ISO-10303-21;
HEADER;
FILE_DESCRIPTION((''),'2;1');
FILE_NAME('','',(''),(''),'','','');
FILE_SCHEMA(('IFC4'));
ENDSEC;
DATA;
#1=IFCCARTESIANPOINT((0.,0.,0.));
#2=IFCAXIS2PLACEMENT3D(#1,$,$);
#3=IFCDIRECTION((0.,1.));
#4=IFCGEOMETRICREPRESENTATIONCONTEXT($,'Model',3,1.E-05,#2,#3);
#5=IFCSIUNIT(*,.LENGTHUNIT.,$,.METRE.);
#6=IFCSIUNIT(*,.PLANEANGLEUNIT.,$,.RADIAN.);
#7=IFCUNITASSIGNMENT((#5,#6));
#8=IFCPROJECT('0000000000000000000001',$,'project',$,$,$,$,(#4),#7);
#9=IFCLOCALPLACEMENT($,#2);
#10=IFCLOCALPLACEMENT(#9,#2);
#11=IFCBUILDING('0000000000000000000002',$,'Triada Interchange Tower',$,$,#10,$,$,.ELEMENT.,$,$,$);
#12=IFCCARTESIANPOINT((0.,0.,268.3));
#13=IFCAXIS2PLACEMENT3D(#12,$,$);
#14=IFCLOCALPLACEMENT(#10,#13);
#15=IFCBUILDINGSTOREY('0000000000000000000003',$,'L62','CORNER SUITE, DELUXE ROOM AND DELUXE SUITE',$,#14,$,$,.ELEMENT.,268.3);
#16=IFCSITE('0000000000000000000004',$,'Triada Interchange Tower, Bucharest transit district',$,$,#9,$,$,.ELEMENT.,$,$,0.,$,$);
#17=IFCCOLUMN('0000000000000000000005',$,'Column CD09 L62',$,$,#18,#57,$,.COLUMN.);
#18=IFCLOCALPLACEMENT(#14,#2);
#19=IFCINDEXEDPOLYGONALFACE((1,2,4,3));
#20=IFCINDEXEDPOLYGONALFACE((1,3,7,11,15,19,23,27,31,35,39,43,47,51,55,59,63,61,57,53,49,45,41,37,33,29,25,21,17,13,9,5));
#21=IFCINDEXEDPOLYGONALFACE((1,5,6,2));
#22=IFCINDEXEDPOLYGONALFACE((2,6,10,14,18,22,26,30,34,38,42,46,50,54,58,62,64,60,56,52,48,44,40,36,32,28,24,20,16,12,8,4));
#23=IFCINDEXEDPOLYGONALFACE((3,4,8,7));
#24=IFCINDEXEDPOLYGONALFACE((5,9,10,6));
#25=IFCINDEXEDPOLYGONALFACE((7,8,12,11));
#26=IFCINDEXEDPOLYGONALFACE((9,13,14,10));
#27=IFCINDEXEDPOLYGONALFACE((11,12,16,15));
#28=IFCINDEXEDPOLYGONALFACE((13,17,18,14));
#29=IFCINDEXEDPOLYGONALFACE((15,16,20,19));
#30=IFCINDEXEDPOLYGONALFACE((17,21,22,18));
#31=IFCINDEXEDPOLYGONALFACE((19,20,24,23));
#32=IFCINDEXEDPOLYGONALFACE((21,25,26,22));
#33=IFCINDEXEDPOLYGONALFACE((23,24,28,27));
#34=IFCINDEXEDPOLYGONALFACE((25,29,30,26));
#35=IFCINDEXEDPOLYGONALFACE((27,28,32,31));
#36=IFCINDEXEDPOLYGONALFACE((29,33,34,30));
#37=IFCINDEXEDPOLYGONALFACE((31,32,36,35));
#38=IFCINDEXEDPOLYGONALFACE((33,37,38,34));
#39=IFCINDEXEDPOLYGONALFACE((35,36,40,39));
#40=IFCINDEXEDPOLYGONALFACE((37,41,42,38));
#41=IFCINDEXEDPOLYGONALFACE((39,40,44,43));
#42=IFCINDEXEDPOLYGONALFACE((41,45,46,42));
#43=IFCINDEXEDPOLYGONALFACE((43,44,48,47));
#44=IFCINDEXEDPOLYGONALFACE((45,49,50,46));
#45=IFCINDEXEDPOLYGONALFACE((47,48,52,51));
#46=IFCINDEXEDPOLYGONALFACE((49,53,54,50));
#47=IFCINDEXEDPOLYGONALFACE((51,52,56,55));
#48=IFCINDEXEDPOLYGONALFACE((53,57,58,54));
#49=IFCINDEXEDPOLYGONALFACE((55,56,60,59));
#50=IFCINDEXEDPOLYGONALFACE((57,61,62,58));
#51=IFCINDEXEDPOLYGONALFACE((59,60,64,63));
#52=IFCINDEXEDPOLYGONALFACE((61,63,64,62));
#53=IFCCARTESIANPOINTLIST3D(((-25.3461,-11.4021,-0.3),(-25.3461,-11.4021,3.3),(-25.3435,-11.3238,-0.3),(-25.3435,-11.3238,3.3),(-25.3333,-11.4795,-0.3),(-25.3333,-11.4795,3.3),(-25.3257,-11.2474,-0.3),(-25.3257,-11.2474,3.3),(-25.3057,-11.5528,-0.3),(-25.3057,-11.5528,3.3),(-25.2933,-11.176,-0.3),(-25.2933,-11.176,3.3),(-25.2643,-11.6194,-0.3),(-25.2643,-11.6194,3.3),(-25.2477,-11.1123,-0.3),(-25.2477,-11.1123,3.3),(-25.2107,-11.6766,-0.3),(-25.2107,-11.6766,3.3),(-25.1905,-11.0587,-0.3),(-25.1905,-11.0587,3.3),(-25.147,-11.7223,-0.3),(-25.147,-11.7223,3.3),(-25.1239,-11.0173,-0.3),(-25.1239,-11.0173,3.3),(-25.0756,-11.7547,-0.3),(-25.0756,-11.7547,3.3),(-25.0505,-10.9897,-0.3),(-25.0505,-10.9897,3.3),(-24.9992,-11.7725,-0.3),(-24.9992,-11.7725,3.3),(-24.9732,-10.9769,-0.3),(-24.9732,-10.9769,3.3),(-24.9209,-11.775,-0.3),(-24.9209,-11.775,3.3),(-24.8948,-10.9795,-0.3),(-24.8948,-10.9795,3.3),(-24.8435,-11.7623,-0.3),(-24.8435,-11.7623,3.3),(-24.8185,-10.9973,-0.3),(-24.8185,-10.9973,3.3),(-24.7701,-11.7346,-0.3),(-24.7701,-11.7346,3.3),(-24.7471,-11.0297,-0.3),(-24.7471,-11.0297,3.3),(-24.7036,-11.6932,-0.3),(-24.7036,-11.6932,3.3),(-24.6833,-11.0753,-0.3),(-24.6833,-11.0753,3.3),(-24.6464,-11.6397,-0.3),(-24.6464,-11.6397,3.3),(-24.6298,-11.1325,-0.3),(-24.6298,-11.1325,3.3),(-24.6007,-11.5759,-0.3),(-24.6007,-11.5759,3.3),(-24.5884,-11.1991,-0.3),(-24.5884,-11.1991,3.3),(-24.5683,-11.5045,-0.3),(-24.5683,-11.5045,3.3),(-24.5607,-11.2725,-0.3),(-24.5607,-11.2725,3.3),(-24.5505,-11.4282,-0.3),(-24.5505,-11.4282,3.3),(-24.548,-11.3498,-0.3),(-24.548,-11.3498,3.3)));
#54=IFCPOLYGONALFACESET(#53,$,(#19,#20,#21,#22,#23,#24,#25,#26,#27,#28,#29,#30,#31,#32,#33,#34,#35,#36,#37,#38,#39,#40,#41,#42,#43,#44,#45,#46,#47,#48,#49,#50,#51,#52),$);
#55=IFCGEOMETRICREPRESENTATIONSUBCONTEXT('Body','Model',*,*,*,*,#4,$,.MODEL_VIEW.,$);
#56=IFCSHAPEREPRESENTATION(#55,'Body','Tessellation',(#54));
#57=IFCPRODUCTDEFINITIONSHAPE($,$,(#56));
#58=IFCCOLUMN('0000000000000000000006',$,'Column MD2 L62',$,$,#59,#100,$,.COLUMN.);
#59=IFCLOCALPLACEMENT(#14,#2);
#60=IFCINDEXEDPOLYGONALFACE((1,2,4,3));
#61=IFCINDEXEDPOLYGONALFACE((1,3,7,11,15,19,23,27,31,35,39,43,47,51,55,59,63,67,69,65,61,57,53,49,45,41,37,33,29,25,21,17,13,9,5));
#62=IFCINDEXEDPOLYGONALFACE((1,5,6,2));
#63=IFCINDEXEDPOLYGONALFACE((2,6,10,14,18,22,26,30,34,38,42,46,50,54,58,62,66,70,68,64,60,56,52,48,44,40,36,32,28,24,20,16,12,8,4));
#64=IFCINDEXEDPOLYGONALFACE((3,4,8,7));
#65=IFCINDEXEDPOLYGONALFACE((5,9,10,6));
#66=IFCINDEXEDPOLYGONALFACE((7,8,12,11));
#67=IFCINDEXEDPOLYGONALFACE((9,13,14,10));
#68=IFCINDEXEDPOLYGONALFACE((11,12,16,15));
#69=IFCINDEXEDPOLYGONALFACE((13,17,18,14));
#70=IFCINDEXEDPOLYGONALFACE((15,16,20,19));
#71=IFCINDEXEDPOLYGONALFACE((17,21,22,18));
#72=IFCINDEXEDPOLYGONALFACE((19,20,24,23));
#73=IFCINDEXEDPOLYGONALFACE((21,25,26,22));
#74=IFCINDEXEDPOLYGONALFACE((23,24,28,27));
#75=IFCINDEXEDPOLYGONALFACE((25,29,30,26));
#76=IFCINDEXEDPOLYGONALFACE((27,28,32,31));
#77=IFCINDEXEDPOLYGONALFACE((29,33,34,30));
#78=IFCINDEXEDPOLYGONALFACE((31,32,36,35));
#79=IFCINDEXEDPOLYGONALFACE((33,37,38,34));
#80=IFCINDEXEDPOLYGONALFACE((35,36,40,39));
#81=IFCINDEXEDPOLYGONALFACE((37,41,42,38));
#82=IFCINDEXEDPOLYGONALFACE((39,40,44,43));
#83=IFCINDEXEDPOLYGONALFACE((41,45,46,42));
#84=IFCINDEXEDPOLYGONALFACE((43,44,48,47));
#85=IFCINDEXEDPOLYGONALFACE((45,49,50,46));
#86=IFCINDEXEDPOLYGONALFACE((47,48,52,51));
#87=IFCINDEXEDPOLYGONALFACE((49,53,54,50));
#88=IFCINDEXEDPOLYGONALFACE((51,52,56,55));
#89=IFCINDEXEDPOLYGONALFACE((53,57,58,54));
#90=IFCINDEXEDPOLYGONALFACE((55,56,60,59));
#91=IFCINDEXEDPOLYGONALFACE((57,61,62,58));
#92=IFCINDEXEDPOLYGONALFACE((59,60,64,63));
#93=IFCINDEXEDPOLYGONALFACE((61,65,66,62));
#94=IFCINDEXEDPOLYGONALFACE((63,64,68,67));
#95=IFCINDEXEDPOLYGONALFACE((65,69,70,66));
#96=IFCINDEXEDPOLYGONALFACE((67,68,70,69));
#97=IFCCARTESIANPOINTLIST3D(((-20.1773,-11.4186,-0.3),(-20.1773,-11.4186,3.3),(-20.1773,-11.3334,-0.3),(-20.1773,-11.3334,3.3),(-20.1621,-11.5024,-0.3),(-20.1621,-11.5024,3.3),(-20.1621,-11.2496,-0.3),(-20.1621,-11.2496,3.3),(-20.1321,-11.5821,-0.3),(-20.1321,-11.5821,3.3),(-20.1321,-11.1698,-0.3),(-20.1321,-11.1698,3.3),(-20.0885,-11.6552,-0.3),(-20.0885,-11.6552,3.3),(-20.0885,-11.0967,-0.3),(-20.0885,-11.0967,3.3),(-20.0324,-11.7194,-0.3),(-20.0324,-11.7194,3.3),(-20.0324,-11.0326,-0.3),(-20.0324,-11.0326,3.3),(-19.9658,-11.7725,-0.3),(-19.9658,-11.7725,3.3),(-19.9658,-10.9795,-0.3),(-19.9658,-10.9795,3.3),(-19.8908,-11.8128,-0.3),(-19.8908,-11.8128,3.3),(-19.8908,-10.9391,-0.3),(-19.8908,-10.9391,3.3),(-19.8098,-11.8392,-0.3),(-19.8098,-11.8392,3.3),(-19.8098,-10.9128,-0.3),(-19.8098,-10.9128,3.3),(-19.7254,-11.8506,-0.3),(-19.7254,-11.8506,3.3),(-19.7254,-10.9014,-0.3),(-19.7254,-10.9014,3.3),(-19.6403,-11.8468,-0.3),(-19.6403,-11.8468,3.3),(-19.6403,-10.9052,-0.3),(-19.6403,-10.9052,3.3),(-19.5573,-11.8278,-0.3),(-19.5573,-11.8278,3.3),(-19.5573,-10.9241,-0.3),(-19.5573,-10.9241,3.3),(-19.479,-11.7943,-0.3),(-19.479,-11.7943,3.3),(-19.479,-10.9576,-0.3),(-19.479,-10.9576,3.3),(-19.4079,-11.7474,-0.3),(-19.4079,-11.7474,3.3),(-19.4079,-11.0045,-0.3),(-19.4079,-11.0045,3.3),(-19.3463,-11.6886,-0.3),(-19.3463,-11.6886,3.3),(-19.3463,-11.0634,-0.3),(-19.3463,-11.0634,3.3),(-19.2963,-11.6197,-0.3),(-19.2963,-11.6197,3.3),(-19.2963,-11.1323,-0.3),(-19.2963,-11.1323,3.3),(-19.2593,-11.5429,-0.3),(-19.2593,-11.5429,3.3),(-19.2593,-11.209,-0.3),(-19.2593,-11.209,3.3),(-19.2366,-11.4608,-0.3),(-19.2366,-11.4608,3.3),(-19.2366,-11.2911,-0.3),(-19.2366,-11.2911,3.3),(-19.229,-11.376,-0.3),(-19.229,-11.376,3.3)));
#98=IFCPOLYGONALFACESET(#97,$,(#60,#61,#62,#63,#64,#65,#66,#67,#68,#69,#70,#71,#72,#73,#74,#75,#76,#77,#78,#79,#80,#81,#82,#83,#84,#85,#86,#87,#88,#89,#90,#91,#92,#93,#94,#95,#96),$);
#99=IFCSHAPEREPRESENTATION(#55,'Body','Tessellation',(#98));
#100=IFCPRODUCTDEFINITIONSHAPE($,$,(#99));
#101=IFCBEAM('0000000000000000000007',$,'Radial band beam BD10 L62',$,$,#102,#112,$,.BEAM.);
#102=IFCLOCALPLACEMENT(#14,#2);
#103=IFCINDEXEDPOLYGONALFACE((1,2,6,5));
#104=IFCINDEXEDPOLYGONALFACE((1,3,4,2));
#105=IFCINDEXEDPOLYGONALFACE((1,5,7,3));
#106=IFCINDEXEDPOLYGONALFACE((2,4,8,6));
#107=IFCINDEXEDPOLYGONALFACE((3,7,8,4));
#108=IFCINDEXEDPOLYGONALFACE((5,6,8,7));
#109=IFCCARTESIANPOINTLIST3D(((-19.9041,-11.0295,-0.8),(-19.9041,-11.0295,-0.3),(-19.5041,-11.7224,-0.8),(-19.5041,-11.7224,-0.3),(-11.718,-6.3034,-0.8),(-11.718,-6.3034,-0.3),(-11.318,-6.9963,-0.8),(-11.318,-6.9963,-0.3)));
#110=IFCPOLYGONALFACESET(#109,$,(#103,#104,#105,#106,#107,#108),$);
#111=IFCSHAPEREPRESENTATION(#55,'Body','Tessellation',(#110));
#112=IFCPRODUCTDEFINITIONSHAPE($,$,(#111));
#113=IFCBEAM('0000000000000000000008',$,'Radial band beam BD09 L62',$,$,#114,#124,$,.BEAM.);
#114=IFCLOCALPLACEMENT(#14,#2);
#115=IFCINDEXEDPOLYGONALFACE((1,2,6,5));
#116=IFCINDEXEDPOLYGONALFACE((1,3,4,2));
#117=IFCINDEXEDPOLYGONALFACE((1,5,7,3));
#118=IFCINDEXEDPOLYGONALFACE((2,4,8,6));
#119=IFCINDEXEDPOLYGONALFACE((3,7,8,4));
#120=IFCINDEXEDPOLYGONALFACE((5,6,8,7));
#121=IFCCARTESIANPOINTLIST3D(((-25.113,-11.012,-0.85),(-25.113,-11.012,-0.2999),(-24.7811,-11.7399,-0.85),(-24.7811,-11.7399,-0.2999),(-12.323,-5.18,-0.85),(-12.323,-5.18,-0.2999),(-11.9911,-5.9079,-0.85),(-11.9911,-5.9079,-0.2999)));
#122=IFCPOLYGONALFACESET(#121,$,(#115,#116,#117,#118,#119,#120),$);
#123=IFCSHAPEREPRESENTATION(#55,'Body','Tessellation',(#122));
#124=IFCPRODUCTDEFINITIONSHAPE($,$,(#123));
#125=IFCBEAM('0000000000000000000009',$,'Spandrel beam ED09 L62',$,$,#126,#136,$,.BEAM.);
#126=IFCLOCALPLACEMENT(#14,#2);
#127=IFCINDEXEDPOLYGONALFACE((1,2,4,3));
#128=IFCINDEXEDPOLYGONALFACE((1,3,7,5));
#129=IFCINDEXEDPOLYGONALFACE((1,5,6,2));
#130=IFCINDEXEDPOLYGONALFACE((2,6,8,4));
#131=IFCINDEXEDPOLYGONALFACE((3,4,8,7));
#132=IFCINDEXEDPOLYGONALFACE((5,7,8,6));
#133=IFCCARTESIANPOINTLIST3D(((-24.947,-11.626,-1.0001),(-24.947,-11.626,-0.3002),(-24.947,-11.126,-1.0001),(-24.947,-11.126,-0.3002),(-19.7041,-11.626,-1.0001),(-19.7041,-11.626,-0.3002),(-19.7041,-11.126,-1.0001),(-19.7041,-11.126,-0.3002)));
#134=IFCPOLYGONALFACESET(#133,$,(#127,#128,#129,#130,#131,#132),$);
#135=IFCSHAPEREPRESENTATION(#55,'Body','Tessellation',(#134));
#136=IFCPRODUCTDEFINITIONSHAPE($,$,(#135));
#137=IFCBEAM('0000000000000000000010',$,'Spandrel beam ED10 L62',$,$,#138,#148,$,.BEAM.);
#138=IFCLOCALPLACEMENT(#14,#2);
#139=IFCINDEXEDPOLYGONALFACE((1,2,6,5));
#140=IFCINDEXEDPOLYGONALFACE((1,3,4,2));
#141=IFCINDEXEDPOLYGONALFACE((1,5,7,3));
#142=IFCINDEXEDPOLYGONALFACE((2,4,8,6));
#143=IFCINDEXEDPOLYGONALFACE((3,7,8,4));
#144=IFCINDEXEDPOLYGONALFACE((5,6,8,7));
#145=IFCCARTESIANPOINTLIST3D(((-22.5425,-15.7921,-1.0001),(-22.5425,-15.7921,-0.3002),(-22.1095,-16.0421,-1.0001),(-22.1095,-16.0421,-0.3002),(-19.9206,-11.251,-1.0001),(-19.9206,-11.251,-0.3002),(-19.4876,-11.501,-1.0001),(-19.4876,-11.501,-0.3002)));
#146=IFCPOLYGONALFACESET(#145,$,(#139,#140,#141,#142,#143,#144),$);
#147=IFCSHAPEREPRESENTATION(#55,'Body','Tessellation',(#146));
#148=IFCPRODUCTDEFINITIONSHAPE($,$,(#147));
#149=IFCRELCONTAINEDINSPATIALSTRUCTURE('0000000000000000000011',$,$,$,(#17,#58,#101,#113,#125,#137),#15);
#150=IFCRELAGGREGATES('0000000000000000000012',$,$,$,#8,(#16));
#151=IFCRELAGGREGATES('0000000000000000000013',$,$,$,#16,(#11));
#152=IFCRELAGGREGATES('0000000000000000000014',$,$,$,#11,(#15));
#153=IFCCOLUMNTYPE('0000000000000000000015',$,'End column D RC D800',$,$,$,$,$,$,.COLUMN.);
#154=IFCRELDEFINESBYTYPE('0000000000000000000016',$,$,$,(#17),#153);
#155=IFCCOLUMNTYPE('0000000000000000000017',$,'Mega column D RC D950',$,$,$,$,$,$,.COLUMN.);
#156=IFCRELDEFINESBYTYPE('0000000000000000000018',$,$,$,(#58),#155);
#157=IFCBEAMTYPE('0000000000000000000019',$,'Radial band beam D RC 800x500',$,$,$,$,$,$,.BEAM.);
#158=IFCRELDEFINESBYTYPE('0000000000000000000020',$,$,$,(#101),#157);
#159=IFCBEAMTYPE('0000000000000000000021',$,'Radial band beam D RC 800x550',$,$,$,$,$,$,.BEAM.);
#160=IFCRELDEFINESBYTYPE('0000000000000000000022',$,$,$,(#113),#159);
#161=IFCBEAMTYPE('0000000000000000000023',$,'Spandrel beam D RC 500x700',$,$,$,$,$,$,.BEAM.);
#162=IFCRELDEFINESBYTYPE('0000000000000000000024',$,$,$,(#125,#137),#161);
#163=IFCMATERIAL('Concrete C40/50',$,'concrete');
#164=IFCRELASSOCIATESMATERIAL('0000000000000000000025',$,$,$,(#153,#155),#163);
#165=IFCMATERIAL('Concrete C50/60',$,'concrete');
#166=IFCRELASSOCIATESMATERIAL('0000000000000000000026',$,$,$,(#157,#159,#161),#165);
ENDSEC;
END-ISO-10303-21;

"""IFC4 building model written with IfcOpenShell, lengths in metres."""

from ifc_helpers import new_model, si_unit, direction, frame, origin, origin_2d, place, context, subcontext, project, spatial, rectangle, circle, extrude, material, material_profile, profile_set, type_object, element, save


model = new_model("IFC4")

# Units and contexts
model_context = context("Model", 3, precision=1e-05, world=origin(), true_north=direction((0.0, 1.0)))
body_context = subcontext(model_context, "Body", "Model", "MODEL_VIEW")
ifc_project = project(units=[si_unit("LENGTHUNIT", "METRE"), si_unit("PLANEANGLEUNIT", "RADIAN")], contexts=[model_context])

# Site, building, storey
site_placement = place(None, origin())
site = spatial("IfcSite", under=ifc_project, at=site_placement, Name="Triada Interchange Tower, Bucharest transit district", CompositionType="ELEMENT", RefElevation=0.0)
building_placement = place(site_placement, origin())
building = spatial("IfcBuilding", under=site, at=building_placement, Name="Triada Interchange Tower", CompositionType="ELEMENT")
storey_placement = place(building_placement, frame((0.0, 0.0, 268.3)))
storey = spatial("IfcBuildingStorey", under=building, at=storey_placement, Name="L62", Description="CORNER SUITE, DELUXE ROOM AND DELUXE SUITE", CompositionType="ELEMENT", Elevation=268.3)

# Columns
ifc_material_1 = material(Name="Concrete C40/50", Category="concrete")
ifc_material_profile_1 = material_profile(ifc_material_1, circle(Radius=0.3999, at=origin_2d()), Name="RC D800")
ifc_profile_set_1 = profile_set([ifc_material_profile_1], Name="Concrete C40/50")
column_type_1 = type_object("IfcColumnType", Name="End column D RC D800", PredefinedType="COLUMN", material=ifc_profile_set_1)
column_1_placement = place(storey_placement, frame((-24.947, -11.376, -0.3), z_axis=(0.0, 0.0, 1.0), x_axis=(0.5, 0.866025, 0.0)))
element("IfcColumn", 1, at=column_1_placement, inside=storey, type_object=column_type_1, Name="Column CD09 L62", PredefinedType="COLUMN", context=body_context, shape_type="SweptSolid", body=[
    extrude(circle(Radius=0.3999, at=origin_2d()), origin(), (0.0, 0.0, 1.0), 3.6001),
])
ifc_material_profile_2 = material_profile(ifc_material_1, circle(Radius=0.4751, at=origin_2d()), Name="RC D950")
ifc_profile_set_2 = profile_set([ifc_material_profile_2], Name="Concrete C40/50")
column_type_2 = type_object("IfcColumnType", Name="Mega column D RC D950", PredefinedType="COLUMN", material=ifc_profile_set_2)
column_2_placement = place(storey_placement, frame((-19.7041, -11.376, -0.3), z_axis=(0.0, 0.0, 1.0), x_axis=(1.0, 0.0, 0.0)))
element("IfcColumn", 2, at=column_2_placement, inside=storey, type_object=column_type_2, Name="Column MD2 L62", PredefinedType="COLUMN", context=body_context, shape_type="SweptSolid", body=[
    extrude(circle(Radius=0.4751, at=origin_2d()), origin(), (0.0, 0.0, 1.0), 3.6001),
])

# Beams
ifc_material_2 = material(Name="Concrete C50/60", Category="concrete")
ifc_material_profile_3 = material_profile(ifc_material_2, rectangle(XDim=0.8, YDim=0.5, at=origin_2d()), Name="RC 800x500")
ifc_profile_set_3 = profile_set([ifc_material_profile_3], Name="Concrete C50/60")
beam_type_1 = type_object("IfcBeamType", Name="Radial band beam D RC 800x500", PredefinedType="BEAM", material=ifc_profile_set_3)
beam_1_placement = place(storey_placement, frame((-19.7041, -11.376, -0.55), z_axis=(0.866032, 0.499989, 0.0), x_axis=(-0.499989, 0.866032, 0.0)))
element("IfcBeam", 3, at=beam_1_placement, inside=storey, type_object=beam_type_1, Name="Radial band beam BD10 L62", PredefinedType="BEAM", context=body_context, shape_type="SweptSolid", body=[
    extrude(rectangle(XDim=0.8, YDim=0.5, at=origin_2d()), origin(), (0.0, 0.0, 1.0), 9.4524),
])
ifc_material_profile_4 = material_profile(ifc_material_2, rectangle(XDim=0.8, YDim=0.55, at=origin_2d()), Name="RC 800x550")
ifc_profile_set_4 = profile_set([ifc_material_profile_4], Name="Concrete C50/60")
beam_type_2 = type_object("IfcBeamType", Name="Radial band beam D RC 800x550", PredefinedType="BEAM", material=ifc_profile_set_4)
beam_2_placement = place(storey_placement, frame((-24.947, -11.376, -0.575), z_axis=(0.909873, 0.414886, 0.0), x_axis=(-0.414886, 0.909873, 0.0)))
element("IfcBeam", 4, at=beam_2_placement, inside=storey, type_object=beam_type_2, Name="Radial band beam BD09 L62", PredefinedType="BEAM", context=body_context, shape_type="SweptSolid", body=[
    extrude(rectangle(XDim=0.8, YDim=0.55, at=origin_2d()), origin(), (0.0, 0.0, 1.0), 14.0569),
])
ifc_material_profile_5 = material_profile(ifc_material_2, rectangle(XDim=0.5, YDim=0.7, at=origin_2d()), Name="RC 500x700")
ifc_profile_set_5 = profile_set([ifc_material_profile_5], Name="Concrete C50/60")
beam_type_3 = type_object("IfcBeamType", Name="Spandrel beam D RC 500x700", PredefinedType="BEAM", material=ifc_profile_set_5)
beam_3_placement = place(storey_placement, frame((-24.947, -11.376, -0.6501), z_axis=(1.0, 0.0, 0.0), x_axis=(0.0, 1.0, 0.0)))
element("IfcBeam", 5, at=beam_3_placement, inside=storey, type_object=beam_type_3, Name="Spandrel beam ED09 L62", PredefinedType="BEAM", context=body_context, shape_type="SweptSolid", body=[
    extrude(rectangle(XDim=0.5, YDim=0.7, at=origin_2d()), origin(), (0.0, 0.0, 1.0), 5.2429),
])
beam_4_placement = place(storey_placement, frame((-19.7041, -11.376, -0.6501), z_axis=(-0.50001, -0.86602, 0.0), x_axis=(0.86602, -0.50001, 0.0)))
element("IfcBeam", 6, at=beam_4_placement, inside=storey, type_object=beam_type_3, Name="Spandrel beam ED10 L62", PredefinedType="BEAM", context=body_context, shape_type="SweptSolid", body=[
    extrude(rectangle(XDim=0.5, YDim=0.7, at=origin_2d()), origin(), (0.0, 0.0, 1.0), 5.2437),
])

save(model, "model.ifc")
